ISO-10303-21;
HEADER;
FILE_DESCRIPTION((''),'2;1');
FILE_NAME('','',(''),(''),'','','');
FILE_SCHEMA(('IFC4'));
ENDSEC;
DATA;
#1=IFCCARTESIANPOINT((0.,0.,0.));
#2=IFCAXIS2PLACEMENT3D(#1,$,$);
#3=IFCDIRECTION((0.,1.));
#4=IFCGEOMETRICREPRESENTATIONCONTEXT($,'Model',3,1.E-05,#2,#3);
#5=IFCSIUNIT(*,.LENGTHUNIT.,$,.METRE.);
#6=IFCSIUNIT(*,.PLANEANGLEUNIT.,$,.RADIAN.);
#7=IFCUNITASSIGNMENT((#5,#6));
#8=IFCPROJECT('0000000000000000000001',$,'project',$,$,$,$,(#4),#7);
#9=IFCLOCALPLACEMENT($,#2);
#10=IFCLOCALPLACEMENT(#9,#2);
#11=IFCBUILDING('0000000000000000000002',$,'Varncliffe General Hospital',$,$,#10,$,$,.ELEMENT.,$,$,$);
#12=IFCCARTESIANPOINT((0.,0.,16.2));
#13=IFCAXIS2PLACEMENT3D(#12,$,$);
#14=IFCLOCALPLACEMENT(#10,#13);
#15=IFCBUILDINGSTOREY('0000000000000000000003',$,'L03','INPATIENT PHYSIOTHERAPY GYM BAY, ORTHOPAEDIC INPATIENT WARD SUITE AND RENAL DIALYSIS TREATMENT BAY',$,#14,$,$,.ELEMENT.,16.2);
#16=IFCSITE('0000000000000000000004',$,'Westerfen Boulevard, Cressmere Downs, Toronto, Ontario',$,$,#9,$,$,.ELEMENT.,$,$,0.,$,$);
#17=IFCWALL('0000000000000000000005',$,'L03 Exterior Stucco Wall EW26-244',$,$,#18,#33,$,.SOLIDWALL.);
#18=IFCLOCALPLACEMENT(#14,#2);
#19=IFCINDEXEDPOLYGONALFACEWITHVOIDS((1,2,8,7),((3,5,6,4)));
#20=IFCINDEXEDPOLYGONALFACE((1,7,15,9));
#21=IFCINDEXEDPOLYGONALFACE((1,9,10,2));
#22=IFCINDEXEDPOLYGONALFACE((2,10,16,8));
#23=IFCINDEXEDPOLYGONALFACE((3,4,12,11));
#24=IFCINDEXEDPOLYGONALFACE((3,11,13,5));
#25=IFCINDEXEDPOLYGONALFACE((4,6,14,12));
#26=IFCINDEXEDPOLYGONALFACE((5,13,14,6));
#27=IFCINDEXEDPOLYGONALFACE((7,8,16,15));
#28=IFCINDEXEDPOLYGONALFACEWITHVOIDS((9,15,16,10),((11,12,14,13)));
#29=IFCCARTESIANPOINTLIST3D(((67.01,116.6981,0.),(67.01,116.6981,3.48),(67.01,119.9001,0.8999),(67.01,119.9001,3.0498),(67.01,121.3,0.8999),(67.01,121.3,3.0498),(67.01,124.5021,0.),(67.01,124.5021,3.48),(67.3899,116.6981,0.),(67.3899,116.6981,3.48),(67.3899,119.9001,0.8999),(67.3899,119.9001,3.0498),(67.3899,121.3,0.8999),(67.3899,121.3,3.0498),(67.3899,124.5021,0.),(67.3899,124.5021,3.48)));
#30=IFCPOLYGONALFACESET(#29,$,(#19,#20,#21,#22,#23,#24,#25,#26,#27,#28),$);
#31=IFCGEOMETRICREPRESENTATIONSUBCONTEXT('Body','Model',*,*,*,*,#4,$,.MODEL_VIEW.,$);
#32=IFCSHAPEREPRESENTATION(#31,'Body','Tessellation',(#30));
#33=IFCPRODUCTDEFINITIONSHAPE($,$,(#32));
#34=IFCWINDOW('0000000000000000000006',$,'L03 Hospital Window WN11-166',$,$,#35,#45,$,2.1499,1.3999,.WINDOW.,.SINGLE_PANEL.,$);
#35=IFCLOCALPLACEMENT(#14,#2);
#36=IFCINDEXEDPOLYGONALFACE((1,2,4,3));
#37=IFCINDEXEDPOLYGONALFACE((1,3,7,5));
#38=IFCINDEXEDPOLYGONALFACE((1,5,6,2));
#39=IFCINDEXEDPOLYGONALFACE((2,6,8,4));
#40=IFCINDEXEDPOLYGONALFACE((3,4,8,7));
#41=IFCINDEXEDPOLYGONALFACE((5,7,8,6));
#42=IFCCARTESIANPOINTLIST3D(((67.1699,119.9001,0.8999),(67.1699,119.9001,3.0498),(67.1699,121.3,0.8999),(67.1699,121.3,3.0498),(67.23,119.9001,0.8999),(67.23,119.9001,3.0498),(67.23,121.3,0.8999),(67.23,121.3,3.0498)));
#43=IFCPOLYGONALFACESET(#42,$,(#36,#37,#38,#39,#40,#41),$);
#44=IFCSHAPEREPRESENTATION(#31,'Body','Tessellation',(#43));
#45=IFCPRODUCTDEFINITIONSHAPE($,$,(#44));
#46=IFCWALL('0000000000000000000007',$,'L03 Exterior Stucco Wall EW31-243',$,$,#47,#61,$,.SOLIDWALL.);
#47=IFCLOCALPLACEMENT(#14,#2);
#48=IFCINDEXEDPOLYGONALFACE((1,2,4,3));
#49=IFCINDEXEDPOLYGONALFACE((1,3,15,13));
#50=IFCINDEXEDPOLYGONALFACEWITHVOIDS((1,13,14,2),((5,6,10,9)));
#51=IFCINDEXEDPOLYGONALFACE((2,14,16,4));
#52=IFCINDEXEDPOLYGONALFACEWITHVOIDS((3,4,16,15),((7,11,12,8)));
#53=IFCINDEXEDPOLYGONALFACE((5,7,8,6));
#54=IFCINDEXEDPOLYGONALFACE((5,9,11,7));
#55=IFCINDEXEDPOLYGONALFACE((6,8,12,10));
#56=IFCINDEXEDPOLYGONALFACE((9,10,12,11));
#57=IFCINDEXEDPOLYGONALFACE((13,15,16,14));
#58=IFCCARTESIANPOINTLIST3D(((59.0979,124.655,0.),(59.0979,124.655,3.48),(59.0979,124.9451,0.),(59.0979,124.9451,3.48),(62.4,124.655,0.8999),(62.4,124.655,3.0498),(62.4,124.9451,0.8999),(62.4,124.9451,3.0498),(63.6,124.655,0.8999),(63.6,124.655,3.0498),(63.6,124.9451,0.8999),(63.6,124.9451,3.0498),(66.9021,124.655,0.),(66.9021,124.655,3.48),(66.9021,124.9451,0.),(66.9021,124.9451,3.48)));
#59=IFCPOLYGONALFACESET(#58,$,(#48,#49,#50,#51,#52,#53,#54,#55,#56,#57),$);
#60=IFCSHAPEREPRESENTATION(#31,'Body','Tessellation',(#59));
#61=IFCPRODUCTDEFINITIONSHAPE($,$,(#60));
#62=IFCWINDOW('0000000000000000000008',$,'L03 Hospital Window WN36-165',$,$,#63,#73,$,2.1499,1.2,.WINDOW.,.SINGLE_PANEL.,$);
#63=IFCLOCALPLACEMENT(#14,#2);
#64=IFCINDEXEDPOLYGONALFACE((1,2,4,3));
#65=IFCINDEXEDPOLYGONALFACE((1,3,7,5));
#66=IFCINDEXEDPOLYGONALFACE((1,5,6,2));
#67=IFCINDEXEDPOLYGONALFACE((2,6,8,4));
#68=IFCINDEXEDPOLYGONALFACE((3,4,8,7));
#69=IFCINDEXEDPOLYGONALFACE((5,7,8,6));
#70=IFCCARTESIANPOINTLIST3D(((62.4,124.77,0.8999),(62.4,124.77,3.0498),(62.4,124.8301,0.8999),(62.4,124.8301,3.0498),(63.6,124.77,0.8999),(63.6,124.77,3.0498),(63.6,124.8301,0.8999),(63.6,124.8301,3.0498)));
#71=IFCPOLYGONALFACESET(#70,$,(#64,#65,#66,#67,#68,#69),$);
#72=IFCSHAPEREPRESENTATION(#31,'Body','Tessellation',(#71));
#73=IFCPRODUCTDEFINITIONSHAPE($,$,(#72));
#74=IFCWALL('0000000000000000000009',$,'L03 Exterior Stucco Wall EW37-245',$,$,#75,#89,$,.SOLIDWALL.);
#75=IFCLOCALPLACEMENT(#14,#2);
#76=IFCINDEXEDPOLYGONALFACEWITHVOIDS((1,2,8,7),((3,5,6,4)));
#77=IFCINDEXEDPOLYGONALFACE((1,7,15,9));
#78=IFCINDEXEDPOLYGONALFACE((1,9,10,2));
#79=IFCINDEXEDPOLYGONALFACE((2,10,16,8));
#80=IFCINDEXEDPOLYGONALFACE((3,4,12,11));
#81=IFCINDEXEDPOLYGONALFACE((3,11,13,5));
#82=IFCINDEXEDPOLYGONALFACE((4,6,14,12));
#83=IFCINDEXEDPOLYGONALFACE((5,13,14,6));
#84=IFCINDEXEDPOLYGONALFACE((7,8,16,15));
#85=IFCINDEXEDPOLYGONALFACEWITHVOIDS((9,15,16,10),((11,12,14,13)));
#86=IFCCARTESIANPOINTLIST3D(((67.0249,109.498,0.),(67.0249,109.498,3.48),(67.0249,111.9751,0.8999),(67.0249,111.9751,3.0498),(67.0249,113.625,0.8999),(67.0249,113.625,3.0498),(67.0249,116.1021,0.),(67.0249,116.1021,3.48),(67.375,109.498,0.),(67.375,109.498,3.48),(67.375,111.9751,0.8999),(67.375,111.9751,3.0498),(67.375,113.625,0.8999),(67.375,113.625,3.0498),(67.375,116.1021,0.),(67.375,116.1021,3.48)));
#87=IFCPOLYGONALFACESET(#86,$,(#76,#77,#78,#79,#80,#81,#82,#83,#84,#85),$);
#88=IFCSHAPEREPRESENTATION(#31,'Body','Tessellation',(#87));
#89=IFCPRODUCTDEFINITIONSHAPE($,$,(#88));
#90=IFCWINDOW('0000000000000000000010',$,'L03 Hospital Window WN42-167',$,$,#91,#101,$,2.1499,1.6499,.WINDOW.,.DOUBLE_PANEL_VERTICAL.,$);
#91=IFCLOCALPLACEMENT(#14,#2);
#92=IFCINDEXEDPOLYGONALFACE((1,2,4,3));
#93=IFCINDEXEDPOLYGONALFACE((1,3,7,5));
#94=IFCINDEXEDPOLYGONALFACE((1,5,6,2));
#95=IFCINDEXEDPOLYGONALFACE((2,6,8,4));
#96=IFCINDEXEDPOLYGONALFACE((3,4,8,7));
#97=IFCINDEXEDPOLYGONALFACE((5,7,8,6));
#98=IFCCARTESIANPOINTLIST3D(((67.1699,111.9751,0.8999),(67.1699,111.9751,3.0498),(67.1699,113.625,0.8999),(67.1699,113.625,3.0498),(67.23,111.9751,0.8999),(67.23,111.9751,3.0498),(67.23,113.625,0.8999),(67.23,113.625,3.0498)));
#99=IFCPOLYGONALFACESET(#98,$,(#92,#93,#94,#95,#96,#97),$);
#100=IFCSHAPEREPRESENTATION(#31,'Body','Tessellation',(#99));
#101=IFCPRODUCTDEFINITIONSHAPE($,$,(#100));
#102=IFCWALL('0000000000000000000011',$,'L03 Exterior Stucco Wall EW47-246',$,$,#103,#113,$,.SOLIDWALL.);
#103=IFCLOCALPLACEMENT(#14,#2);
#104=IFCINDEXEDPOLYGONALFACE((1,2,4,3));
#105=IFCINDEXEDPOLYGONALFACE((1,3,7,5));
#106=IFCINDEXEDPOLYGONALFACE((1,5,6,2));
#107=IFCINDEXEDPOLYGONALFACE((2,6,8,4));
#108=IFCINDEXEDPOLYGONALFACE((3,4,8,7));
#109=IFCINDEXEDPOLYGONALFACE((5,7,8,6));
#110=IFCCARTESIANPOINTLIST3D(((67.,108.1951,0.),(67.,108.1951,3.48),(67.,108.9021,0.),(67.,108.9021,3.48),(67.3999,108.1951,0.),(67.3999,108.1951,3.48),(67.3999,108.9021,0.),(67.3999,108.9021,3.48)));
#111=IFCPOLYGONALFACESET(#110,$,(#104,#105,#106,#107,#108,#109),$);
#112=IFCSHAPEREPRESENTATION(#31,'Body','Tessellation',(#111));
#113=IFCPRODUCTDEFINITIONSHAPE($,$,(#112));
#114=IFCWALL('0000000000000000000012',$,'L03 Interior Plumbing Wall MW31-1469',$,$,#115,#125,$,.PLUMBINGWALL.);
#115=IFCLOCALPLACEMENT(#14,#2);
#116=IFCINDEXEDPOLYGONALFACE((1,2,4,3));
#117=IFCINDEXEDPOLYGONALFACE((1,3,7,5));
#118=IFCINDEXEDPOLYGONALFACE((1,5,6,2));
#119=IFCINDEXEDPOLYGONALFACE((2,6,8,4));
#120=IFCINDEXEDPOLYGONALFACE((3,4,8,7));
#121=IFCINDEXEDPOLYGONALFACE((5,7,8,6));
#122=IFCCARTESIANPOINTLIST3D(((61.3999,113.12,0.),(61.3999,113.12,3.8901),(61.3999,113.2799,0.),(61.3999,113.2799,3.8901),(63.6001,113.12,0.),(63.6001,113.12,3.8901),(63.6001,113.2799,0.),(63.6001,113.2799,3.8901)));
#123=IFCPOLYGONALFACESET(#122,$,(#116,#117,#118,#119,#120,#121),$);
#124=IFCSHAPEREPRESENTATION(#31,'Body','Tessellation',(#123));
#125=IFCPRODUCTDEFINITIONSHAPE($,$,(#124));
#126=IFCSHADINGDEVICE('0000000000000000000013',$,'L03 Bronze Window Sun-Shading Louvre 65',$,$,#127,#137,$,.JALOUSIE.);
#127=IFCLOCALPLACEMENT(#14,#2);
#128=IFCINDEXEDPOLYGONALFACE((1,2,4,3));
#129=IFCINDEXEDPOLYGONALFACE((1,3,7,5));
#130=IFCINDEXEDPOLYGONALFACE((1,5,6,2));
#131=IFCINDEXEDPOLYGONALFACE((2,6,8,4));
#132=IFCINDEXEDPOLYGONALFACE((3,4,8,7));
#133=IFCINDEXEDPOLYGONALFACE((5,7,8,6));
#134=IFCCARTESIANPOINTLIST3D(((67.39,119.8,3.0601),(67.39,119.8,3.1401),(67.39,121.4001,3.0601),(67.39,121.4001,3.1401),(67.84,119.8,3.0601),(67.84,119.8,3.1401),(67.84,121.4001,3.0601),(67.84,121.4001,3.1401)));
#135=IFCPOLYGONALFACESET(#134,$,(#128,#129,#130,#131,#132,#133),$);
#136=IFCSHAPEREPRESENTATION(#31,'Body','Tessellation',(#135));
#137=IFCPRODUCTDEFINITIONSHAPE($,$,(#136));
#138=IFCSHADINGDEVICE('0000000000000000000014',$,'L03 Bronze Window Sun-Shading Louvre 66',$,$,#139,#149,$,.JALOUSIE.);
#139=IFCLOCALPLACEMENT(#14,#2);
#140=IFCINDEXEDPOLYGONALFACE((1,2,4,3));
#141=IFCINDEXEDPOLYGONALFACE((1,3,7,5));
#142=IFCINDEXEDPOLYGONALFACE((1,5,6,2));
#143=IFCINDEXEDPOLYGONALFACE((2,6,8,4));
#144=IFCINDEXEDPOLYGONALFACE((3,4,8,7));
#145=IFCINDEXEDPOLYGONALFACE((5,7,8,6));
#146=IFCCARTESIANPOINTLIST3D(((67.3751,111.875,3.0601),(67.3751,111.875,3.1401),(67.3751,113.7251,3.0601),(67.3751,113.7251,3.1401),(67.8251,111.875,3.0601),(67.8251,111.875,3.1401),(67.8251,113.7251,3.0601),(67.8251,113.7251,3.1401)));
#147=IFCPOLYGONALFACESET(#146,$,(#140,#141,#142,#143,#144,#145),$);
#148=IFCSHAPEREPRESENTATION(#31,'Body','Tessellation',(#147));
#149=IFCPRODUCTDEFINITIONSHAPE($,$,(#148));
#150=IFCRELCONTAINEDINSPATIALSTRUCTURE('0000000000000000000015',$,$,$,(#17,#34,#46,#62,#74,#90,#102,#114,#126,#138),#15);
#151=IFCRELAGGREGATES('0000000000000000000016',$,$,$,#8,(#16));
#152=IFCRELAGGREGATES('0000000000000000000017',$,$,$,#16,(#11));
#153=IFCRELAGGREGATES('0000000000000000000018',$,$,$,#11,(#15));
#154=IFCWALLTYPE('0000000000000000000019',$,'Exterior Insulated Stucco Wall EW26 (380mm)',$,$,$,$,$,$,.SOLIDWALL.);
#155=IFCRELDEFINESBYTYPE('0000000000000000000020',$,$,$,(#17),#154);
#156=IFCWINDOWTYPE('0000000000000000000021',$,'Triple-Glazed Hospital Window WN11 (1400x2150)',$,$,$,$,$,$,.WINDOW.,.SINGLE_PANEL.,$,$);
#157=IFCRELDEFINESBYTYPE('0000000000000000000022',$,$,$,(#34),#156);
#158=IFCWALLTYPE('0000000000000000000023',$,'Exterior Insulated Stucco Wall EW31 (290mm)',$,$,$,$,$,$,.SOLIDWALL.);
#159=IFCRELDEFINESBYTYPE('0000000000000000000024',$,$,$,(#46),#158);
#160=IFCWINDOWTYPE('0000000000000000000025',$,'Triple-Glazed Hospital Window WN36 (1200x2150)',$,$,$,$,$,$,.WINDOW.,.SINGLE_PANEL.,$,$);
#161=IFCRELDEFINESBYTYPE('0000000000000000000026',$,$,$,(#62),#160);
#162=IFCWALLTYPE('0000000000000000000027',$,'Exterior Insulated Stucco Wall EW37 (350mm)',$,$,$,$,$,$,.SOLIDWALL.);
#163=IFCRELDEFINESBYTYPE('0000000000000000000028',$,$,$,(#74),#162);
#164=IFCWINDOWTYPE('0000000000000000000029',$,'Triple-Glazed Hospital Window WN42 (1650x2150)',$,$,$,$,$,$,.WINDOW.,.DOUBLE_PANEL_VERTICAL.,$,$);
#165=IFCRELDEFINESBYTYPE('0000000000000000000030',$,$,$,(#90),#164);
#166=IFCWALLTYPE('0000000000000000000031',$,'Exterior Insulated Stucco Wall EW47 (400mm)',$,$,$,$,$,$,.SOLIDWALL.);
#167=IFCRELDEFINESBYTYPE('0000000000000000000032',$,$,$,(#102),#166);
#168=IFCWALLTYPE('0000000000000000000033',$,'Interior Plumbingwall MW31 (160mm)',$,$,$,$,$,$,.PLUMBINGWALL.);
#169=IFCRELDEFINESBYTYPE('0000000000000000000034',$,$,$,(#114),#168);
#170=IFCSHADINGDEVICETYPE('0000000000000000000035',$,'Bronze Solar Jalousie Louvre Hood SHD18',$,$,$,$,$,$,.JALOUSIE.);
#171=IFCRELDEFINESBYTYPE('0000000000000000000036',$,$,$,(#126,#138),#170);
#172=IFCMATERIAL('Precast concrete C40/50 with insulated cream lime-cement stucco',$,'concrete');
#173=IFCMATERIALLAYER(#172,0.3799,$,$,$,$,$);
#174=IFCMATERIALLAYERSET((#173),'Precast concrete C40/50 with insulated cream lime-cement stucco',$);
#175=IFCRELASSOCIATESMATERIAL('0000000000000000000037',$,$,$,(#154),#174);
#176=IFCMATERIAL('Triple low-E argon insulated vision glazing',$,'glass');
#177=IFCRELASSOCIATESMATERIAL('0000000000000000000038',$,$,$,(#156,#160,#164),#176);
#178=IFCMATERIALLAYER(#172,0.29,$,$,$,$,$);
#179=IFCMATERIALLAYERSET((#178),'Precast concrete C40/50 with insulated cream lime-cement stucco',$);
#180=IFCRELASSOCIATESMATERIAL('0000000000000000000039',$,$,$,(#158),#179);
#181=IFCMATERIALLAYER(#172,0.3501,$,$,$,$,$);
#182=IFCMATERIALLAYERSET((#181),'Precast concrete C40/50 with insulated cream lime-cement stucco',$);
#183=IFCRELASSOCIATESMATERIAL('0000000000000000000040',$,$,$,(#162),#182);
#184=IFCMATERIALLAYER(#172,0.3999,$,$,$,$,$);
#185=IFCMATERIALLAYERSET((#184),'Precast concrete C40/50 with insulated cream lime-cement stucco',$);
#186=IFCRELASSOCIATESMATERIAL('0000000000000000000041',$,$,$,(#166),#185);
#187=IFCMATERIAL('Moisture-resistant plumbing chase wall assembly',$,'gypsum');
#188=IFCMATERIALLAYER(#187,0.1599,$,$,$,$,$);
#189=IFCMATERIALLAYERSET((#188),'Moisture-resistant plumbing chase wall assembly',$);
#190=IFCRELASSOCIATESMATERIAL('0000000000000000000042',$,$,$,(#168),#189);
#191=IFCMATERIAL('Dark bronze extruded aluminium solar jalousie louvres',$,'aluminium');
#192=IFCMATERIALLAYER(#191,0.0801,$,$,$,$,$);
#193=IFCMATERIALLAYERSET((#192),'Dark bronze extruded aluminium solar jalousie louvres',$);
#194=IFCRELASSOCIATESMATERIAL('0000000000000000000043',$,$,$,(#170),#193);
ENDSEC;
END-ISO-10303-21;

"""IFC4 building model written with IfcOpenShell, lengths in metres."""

from ifc_helpers import new_model, si_unit, direction, frame, frame_2d, origin, origin_2d, place, context, subcontext, project, spatial, rectangle, extrude, material, layer, layer_set, type_object, element, fill, save


model = new_model("IFC4")

# Units and contexts
model_context = context("Model", 3, precision=1e-05, world=origin(), true_north=direction((0.0, 1.0)))
body_context = subcontext(model_context, "Body", "Model", "MODEL_VIEW")
ifc_project = project(units=[si_unit("LENGTHUNIT", "METRE"), si_unit("PLANEANGLEUNIT", "RADIAN")], contexts=[model_context])

# Site, building, storey
site_placement = place(None, origin())
site = spatial("IfcSite", under=ifc_project, at=site_placement, Name="Westerfen Boulevard, Cressmere Downs, Toronto, Ontario", CompositionType="ELEMENT", RefElevation=0.0)
building_placement = place(site_placement, origin())
building = spatial("IfcBuilding", under=site, at=building_placement, Name="Varncliffe General Hospital", CompositionType="ELEMENT")
storey_placement = place(building_placement, frame((0.0, 0.0, 16.2)))
storey = spatial("IfcBuildingStorey", under=building, at=storey_placement, Name="L03", Description="INPATIENT PHYSIOTHERAPY GYM BAY, ORTHOPAEDIC INPATIENT WARD SUITE AND RENAL DIALYSIS TREATMENT BAY", CompositionType="ELEMENT", Elevation=16.2)

# Shared definitions
ifc_material_1 = material(Name="Triple low-E argon insulated vision glazing", Category="glass")

# Walls, openings, windows
ifc_material_2 = material(Name="Precast concrete C40/50 with insulated cream lime-cement stucco", Category="concrete")
ifc_layer_1 = layer(ifc_material_2, 0.3799)
ifc_layer_set_1 = layer_set([ifc_layer_1], Name="Precast concrete C40/50 with insulated cream lime-cement stucco")
wall_type_1 = type_object("IfcWallType", Name="Exterior Insulated Stucco Wall EW26 (380mm)", PredefinedType="SOLIDWALL", material=ifc_layer_set_1)
wall_1_placement = place(storey_placement, frame((67.2, 124.502, 0.0), z_axis=(0.0, 0.0, 1.0), x_axis=(0.0, -1.0, 0.0)))
wall_1 = element("IfcWall", 1, at=wall_1_placement, inside=storey, type_object=wall_type_1, Name="L03 Exterior Stucco Wall EW26-244", PredefinedType="SOLIDWALL", context=body_context, shape_type="SweptSolid", body=[
    extrude(rectangle(XDim=7.804, YDim=0.3799, at=frame_2d((3.9019, 0.0))), origin(), (0.0, 0.0, 1.0), 3.48),
])
opening_1_placement = place(wall_1_placement, frame((3.2019, 0.0, 0.8999)))
opening_1 = element("IfcOpeningElement", 2, at=opening_1_placement, cuts=wall_1, PredefinedType="OPENING", context=body_context, shape_type="SweptSolid", body=[
    extrude(rectangle(XDim=1.3999, YDim=2.1499, at=frame_2d((0.7, 1.075))), frame((0.0, 0.2, 0.0), z_axis=(0.0, -1.0, 0.0), x_axis=(1.0, 0.0, 0.0)), (0.0, 0.0, 1.0), 0.3999),
])
window_type_1 = type_object("IfcWindowType", Name="Triple-Glazed Hospital Window WN11 (1400x2150)", PartitioningType="SINGLE_PANEL", PredefinedType="WINDOW", material=ifc_material_1)
window_1_placement = place(opening_1_placement, origin())
window_1 = element("IfcWindow", 3, at=window_1_placement, inside=storey, type_object=window_type_1, Name="L03 Hospital Window WN11-166", OverallHeight=2.1499, OverallWidth=1.3999, PartitioningType="SINGLE_PANEL", PredefinedType="WINDOW", context=body_context, shape_type="SweptSolid", body=[
    extrude(rectangle(XDim=1.3999, YDim=2.1499, at=frame_2d((0.7, 1.075))), frame((0.0, 0.03, 0.0), z_axis=(0.0, -1.0, 0.0), x_axis=(1.0, 0.0, 0.0)), (0.0, 0.0, 1.0), 0.0601),
])
fill(opening_1, window_1)
ifc_layer_2 = layer(ifc_material_2, 0.29)
ifc_layer_set_2 = layer_set([ifc_layer_2], Name="Precast concrete C40/50 with insulated cream lime-cement stucco")
wall_type_2 = type_object("IfcWallType", Name="Exterior Insulated Stucco Wall EW31 (290mm)", PredefinedType="SOLIDWALL", material=ifc_layer_set_2)
wall_2_placement = place(storey_placement, frame((59.0979, 124.8, 0.0), z_axis=(0.0, 0.0, 1.0), x_axis=(1.0, 0.0, 0.0)))
wall_2 = element("IfcWall", 4, at=wall_2_placement, inside=storey, type_object=wall_type_2, Name="L03 Exterior Stucco Wall EW31-243", PredefinedType="SOLIDWALL", context=body_context, shape_type="SweptSolid", body=[
    extrude(rectangle(XDim=7.8042, YDim=0.29, at=frame_2d((3.9021, 0.0))), origin(), (0.0, 0.0, 1.0), 3.48),
])
opening_2_placement = place(wall_2_placement, frame((3.302, 0.0, 0.8999)))
opening_2 = element("IfcOpeningElement", 5, at=opening_2_placement, cuts=wall_2, PredefinedType="OPENING", context=body_context, shape_type="SweptSolid", body=[
    extrude(rectangle(XDim=1.2, YDim=2.1499, at=frame_2d((0.6001, 1.075))), frame((0.0, 0.155, 0.0), z_axis=(0.0, -1.0, 0.0), x_axis=(1.0, 0.0, 0.0)), (0.0, 0.0, 1.0), 0.3101),
])
window_type_2 = type_object("IfcWindowType", Name="Triple-Glazed Hospital Window WN36 (1200x2150)", PartitioningType="SINGLE_PANEL", PredefinedType="WINDOW", material=ifc_material_1)
window_2_placement = place(opening_2_placement, origin())
window_2 = element("IfcWindow", 6, at=window_2_placement, inside=storey, type_object=window_type_2, Name="L03 Hospital Window WN36-165", OverallHeight=2.1499, OverallWidth=1.2, PartitioningType="SINGLE_PANEL", PredefinedType="WINDOW", context=body_context, shape_type="SweptSolid", body=[
    extrude(rectangle(XDim=1.2, YDim=2.1499, at=frame_2d((0.6001, 1.075))), frame((0.0, 0.03, 0.0), z_axis=(0.0, -1.0, 0.0), x_axis=(1.0, 0.0, 0.0)), (0.0, 0.0, 1.0), 0.0601),
])
fill(opening_2, window_2)
ifc_layer_3 = layer(ifc_material_2, 0.3501)
ifc_layer_set_3 = layer_set([ifc_layer_3], Name="Precast concrete C40/50 with insulated cream lime-cement stucco")
wall_type_3 = type_object("IfcWallType", Name="Exterior Insulated Stucco Wall EW37 (350mm)", PredefinedType="SOLIDWALL", material=ifc_layer_set_3)
wall_3_placement = place(storey_placement, frame((67.2, 116.1021, 0.0), z_axis=(0.0, 0.0, 1.0), x_axis=(0.0, -1.0, 0.0)))
wall_3 = element("IfcWall", 7, at=wall_3_placement, inside=storey, type_object=wall_type_3, Name="L03 Exterior Stucco Wall EW37-245", PredefinedType="SOLIDWALL", context=body_context, shape_type="SweptSolid", body=[
    extrude(rectangle(XDim=6.604, YDim=0.3501, at=frame_2d((3.302, 0.0))), origin(), (0.0, 0.0, 1.0), 3.48),
])
opening_3_placement = place(wall_3_placement, frame((2.4771, 0.0, 0.8999)))
opening_3 = element("IfcOpeningElement", 8, at=opening_3_placement, cuts=wall_3, PredefinedType="OPENING", context=body_context, shape_type="SweptSolid", body=[
    extrude(rectangle(XDim=1.6499, YDim=2.1499, at=frame_2d((0.825, 1.075))), frame((0.0, 0.1851, 0.0), z_axis=(0.0, -1.0, 0.0), x_axis=(1.0, 0.0, 0.0)), (0.0, 0.0, 1.0), 0.3701),
])
window_type_3 = type_object("IfcWindowType", Name="Triple-Glazed Hospital Window WN42 (1650x2150)", PartitioningType="DOUBLE_PANEL_VERTICAL", PredefinedType="WINDOW", material=ifc_material_1)
window_3_placement = place(opening_3_placement, origin())
window_3 = element("IfcWindow", 9, at=window_3_placement, inside=storey, type_object=window_type_3, Name="L03 Hospital Window WN42-167", OverallHeight=2.1499, OverallWidth=1.6499, PartitioningType="DOUBLE_PANEL_VERTICAL", PredefinedType="WINDOW", context=body_context, shape_type="SweptSolid", body=[
    extrude(rectangle(XDim=1.6499, YDim=2.1499, at=frame_2d((0.825, 1.075))), frame((0.0, 0.03, 0.0), z_axis=(0.0, -1.0, 0.0), x_axis=(1.0, 0.0, 0.0)), (0.0, 0.0, 1.0), 0.0601),
])
fill(opening_3, window_3)

# Walls
ifc_layer_4 = layer(ifc_material_2, 0.3999)
ifc_layer_set_4 = layer_set([ifc_layer_4], Name="Precast concrete C40/50 with insulated cream lime-cement stucco")
wall_type_4 = type_object("IfcWallType", Name="Exterior Insulated Stucco Wall EW47 (400mm)", PredefinedType="SOLIDWALL", material=ifc_layer_set_4)
wall_4_placement = place(storey_placement, frame((67.2, 108.9021, 0.0), z_axis=(0.0, 0.0, 1.0), x_axis=(0.0, -1.0, 0.0)))
element("IfcWall", 10, at=wall_4_placement, inside=storey, type_object=wall_type_4, Name="L03 Exterior Stucco Wall EW47-246", PredefinedType="SOLIDWALL", context=body_context, shape_type="SweptSolid", body=[
    extrude(rectangle(XDim=0.707, YDim=0.3999, at=frame_2d((0.3535, 0.0))), origin(), (0.0, 0.0, 1.0), 3.48),
])
ifc_material_3 = material(Name="Moisture-resistant plumbing chase wall assembly", Category="gypsum")
ifc_layer_5 = layer(ifc_material_3, 0.1599)
ifc_layer_set_5 = layer_set([ifc_layer_5], Name="Moisture-resistant plumbing chase wall assembly")
wall_type_5 = type_object("IfcWallType", Name="Interior Plumbingwall MW31 (160mm)", PredefinedType="PLUMBINGWALL", material=ifc_layer_set_5)
wall_5_placement = place(storey_placement, frame((61.3999, 113.2, 0.0), z_axis=(0.0, 0.0, 1.0), x_axis=(1.0, 0.0, 0.0)))
element("IfcWall", 11, at=wall_5_placement, inside=storey, type_object=wall_type_5, Name="L03 Interior Plumbing Wall MW31-1469", PredefinedType="PLUMBINGWALL", context=body_context, shape_type="SweptSolid", body=[
    extrude(rectangle(XDim=2.2002, YDim=0.1599, at=frame_2d((1.1001, 0.0))), origin(), (0.0, 0.0, 1.0), 3.8901),
])

# Shading devices
ifc_material_4 = material(Name="Dark bronze extruded aluminium solar jalousie louvres", Category="aluminium")
ifc_layer_6 = layer(ifc_material_4, 0.0801)
ifc_layer_set_6 = layer_set([ifc_layer_6], Name="Dark bronze extruded aluminium solar jalousie louvres")
shading_device_type = type_object("IfcShadingDeviceType", Name="Bronze Solar Jalousie Louvre Hood SHD18", PredefinedType="JALOUSIE", material=ifc_layer_set_6)
shading_device_1_placement = place(storey_placement, frame((67.615, 120.6001, 3.0601), z_axis=(0.0, 0.0, 1.0), x_axis=(0.0, -1.0, 0.0)))
element("IfcShadingDevice", 12, at=shading_device_1_placement, inside=storey, type_object=shading_device_type, Name="L03 Bronze Window Sun-Shading Louvre 65", PredefinedType="JALOUSIE", context=body_context, shape_type="SweptSolid", body=[
    extrude(rectangle(XDim=1.6001, YDim=0.45, at=origin_2d()), origin(), (0.0, 0.0, 1.0), 0.0801),
])
shading_device_2_placement = place(storey_placement, frame((67.6001, 112.8, 3.0601), z_axis=(0.0, 0.0, 1.0), x_axis=(0.0, -1.0, 0.0)))
element("IfcShadingDevice", 13, at=shading_device_2_placement, inside=storey, type_object=shading_device_type, Name="L03 Bronze Window Sun-Shading Louvre 66", PredefinedType="JALOUSIE", context=body_context, shape_type="SweptSolid", body=[
    extrude(rectangle(XDim=1.8501, YDim=0.45, at=origin_2d()), origin(), (0.0, 0.0, 1.0), 0.0801),
])

save(model, "model.ifc")
